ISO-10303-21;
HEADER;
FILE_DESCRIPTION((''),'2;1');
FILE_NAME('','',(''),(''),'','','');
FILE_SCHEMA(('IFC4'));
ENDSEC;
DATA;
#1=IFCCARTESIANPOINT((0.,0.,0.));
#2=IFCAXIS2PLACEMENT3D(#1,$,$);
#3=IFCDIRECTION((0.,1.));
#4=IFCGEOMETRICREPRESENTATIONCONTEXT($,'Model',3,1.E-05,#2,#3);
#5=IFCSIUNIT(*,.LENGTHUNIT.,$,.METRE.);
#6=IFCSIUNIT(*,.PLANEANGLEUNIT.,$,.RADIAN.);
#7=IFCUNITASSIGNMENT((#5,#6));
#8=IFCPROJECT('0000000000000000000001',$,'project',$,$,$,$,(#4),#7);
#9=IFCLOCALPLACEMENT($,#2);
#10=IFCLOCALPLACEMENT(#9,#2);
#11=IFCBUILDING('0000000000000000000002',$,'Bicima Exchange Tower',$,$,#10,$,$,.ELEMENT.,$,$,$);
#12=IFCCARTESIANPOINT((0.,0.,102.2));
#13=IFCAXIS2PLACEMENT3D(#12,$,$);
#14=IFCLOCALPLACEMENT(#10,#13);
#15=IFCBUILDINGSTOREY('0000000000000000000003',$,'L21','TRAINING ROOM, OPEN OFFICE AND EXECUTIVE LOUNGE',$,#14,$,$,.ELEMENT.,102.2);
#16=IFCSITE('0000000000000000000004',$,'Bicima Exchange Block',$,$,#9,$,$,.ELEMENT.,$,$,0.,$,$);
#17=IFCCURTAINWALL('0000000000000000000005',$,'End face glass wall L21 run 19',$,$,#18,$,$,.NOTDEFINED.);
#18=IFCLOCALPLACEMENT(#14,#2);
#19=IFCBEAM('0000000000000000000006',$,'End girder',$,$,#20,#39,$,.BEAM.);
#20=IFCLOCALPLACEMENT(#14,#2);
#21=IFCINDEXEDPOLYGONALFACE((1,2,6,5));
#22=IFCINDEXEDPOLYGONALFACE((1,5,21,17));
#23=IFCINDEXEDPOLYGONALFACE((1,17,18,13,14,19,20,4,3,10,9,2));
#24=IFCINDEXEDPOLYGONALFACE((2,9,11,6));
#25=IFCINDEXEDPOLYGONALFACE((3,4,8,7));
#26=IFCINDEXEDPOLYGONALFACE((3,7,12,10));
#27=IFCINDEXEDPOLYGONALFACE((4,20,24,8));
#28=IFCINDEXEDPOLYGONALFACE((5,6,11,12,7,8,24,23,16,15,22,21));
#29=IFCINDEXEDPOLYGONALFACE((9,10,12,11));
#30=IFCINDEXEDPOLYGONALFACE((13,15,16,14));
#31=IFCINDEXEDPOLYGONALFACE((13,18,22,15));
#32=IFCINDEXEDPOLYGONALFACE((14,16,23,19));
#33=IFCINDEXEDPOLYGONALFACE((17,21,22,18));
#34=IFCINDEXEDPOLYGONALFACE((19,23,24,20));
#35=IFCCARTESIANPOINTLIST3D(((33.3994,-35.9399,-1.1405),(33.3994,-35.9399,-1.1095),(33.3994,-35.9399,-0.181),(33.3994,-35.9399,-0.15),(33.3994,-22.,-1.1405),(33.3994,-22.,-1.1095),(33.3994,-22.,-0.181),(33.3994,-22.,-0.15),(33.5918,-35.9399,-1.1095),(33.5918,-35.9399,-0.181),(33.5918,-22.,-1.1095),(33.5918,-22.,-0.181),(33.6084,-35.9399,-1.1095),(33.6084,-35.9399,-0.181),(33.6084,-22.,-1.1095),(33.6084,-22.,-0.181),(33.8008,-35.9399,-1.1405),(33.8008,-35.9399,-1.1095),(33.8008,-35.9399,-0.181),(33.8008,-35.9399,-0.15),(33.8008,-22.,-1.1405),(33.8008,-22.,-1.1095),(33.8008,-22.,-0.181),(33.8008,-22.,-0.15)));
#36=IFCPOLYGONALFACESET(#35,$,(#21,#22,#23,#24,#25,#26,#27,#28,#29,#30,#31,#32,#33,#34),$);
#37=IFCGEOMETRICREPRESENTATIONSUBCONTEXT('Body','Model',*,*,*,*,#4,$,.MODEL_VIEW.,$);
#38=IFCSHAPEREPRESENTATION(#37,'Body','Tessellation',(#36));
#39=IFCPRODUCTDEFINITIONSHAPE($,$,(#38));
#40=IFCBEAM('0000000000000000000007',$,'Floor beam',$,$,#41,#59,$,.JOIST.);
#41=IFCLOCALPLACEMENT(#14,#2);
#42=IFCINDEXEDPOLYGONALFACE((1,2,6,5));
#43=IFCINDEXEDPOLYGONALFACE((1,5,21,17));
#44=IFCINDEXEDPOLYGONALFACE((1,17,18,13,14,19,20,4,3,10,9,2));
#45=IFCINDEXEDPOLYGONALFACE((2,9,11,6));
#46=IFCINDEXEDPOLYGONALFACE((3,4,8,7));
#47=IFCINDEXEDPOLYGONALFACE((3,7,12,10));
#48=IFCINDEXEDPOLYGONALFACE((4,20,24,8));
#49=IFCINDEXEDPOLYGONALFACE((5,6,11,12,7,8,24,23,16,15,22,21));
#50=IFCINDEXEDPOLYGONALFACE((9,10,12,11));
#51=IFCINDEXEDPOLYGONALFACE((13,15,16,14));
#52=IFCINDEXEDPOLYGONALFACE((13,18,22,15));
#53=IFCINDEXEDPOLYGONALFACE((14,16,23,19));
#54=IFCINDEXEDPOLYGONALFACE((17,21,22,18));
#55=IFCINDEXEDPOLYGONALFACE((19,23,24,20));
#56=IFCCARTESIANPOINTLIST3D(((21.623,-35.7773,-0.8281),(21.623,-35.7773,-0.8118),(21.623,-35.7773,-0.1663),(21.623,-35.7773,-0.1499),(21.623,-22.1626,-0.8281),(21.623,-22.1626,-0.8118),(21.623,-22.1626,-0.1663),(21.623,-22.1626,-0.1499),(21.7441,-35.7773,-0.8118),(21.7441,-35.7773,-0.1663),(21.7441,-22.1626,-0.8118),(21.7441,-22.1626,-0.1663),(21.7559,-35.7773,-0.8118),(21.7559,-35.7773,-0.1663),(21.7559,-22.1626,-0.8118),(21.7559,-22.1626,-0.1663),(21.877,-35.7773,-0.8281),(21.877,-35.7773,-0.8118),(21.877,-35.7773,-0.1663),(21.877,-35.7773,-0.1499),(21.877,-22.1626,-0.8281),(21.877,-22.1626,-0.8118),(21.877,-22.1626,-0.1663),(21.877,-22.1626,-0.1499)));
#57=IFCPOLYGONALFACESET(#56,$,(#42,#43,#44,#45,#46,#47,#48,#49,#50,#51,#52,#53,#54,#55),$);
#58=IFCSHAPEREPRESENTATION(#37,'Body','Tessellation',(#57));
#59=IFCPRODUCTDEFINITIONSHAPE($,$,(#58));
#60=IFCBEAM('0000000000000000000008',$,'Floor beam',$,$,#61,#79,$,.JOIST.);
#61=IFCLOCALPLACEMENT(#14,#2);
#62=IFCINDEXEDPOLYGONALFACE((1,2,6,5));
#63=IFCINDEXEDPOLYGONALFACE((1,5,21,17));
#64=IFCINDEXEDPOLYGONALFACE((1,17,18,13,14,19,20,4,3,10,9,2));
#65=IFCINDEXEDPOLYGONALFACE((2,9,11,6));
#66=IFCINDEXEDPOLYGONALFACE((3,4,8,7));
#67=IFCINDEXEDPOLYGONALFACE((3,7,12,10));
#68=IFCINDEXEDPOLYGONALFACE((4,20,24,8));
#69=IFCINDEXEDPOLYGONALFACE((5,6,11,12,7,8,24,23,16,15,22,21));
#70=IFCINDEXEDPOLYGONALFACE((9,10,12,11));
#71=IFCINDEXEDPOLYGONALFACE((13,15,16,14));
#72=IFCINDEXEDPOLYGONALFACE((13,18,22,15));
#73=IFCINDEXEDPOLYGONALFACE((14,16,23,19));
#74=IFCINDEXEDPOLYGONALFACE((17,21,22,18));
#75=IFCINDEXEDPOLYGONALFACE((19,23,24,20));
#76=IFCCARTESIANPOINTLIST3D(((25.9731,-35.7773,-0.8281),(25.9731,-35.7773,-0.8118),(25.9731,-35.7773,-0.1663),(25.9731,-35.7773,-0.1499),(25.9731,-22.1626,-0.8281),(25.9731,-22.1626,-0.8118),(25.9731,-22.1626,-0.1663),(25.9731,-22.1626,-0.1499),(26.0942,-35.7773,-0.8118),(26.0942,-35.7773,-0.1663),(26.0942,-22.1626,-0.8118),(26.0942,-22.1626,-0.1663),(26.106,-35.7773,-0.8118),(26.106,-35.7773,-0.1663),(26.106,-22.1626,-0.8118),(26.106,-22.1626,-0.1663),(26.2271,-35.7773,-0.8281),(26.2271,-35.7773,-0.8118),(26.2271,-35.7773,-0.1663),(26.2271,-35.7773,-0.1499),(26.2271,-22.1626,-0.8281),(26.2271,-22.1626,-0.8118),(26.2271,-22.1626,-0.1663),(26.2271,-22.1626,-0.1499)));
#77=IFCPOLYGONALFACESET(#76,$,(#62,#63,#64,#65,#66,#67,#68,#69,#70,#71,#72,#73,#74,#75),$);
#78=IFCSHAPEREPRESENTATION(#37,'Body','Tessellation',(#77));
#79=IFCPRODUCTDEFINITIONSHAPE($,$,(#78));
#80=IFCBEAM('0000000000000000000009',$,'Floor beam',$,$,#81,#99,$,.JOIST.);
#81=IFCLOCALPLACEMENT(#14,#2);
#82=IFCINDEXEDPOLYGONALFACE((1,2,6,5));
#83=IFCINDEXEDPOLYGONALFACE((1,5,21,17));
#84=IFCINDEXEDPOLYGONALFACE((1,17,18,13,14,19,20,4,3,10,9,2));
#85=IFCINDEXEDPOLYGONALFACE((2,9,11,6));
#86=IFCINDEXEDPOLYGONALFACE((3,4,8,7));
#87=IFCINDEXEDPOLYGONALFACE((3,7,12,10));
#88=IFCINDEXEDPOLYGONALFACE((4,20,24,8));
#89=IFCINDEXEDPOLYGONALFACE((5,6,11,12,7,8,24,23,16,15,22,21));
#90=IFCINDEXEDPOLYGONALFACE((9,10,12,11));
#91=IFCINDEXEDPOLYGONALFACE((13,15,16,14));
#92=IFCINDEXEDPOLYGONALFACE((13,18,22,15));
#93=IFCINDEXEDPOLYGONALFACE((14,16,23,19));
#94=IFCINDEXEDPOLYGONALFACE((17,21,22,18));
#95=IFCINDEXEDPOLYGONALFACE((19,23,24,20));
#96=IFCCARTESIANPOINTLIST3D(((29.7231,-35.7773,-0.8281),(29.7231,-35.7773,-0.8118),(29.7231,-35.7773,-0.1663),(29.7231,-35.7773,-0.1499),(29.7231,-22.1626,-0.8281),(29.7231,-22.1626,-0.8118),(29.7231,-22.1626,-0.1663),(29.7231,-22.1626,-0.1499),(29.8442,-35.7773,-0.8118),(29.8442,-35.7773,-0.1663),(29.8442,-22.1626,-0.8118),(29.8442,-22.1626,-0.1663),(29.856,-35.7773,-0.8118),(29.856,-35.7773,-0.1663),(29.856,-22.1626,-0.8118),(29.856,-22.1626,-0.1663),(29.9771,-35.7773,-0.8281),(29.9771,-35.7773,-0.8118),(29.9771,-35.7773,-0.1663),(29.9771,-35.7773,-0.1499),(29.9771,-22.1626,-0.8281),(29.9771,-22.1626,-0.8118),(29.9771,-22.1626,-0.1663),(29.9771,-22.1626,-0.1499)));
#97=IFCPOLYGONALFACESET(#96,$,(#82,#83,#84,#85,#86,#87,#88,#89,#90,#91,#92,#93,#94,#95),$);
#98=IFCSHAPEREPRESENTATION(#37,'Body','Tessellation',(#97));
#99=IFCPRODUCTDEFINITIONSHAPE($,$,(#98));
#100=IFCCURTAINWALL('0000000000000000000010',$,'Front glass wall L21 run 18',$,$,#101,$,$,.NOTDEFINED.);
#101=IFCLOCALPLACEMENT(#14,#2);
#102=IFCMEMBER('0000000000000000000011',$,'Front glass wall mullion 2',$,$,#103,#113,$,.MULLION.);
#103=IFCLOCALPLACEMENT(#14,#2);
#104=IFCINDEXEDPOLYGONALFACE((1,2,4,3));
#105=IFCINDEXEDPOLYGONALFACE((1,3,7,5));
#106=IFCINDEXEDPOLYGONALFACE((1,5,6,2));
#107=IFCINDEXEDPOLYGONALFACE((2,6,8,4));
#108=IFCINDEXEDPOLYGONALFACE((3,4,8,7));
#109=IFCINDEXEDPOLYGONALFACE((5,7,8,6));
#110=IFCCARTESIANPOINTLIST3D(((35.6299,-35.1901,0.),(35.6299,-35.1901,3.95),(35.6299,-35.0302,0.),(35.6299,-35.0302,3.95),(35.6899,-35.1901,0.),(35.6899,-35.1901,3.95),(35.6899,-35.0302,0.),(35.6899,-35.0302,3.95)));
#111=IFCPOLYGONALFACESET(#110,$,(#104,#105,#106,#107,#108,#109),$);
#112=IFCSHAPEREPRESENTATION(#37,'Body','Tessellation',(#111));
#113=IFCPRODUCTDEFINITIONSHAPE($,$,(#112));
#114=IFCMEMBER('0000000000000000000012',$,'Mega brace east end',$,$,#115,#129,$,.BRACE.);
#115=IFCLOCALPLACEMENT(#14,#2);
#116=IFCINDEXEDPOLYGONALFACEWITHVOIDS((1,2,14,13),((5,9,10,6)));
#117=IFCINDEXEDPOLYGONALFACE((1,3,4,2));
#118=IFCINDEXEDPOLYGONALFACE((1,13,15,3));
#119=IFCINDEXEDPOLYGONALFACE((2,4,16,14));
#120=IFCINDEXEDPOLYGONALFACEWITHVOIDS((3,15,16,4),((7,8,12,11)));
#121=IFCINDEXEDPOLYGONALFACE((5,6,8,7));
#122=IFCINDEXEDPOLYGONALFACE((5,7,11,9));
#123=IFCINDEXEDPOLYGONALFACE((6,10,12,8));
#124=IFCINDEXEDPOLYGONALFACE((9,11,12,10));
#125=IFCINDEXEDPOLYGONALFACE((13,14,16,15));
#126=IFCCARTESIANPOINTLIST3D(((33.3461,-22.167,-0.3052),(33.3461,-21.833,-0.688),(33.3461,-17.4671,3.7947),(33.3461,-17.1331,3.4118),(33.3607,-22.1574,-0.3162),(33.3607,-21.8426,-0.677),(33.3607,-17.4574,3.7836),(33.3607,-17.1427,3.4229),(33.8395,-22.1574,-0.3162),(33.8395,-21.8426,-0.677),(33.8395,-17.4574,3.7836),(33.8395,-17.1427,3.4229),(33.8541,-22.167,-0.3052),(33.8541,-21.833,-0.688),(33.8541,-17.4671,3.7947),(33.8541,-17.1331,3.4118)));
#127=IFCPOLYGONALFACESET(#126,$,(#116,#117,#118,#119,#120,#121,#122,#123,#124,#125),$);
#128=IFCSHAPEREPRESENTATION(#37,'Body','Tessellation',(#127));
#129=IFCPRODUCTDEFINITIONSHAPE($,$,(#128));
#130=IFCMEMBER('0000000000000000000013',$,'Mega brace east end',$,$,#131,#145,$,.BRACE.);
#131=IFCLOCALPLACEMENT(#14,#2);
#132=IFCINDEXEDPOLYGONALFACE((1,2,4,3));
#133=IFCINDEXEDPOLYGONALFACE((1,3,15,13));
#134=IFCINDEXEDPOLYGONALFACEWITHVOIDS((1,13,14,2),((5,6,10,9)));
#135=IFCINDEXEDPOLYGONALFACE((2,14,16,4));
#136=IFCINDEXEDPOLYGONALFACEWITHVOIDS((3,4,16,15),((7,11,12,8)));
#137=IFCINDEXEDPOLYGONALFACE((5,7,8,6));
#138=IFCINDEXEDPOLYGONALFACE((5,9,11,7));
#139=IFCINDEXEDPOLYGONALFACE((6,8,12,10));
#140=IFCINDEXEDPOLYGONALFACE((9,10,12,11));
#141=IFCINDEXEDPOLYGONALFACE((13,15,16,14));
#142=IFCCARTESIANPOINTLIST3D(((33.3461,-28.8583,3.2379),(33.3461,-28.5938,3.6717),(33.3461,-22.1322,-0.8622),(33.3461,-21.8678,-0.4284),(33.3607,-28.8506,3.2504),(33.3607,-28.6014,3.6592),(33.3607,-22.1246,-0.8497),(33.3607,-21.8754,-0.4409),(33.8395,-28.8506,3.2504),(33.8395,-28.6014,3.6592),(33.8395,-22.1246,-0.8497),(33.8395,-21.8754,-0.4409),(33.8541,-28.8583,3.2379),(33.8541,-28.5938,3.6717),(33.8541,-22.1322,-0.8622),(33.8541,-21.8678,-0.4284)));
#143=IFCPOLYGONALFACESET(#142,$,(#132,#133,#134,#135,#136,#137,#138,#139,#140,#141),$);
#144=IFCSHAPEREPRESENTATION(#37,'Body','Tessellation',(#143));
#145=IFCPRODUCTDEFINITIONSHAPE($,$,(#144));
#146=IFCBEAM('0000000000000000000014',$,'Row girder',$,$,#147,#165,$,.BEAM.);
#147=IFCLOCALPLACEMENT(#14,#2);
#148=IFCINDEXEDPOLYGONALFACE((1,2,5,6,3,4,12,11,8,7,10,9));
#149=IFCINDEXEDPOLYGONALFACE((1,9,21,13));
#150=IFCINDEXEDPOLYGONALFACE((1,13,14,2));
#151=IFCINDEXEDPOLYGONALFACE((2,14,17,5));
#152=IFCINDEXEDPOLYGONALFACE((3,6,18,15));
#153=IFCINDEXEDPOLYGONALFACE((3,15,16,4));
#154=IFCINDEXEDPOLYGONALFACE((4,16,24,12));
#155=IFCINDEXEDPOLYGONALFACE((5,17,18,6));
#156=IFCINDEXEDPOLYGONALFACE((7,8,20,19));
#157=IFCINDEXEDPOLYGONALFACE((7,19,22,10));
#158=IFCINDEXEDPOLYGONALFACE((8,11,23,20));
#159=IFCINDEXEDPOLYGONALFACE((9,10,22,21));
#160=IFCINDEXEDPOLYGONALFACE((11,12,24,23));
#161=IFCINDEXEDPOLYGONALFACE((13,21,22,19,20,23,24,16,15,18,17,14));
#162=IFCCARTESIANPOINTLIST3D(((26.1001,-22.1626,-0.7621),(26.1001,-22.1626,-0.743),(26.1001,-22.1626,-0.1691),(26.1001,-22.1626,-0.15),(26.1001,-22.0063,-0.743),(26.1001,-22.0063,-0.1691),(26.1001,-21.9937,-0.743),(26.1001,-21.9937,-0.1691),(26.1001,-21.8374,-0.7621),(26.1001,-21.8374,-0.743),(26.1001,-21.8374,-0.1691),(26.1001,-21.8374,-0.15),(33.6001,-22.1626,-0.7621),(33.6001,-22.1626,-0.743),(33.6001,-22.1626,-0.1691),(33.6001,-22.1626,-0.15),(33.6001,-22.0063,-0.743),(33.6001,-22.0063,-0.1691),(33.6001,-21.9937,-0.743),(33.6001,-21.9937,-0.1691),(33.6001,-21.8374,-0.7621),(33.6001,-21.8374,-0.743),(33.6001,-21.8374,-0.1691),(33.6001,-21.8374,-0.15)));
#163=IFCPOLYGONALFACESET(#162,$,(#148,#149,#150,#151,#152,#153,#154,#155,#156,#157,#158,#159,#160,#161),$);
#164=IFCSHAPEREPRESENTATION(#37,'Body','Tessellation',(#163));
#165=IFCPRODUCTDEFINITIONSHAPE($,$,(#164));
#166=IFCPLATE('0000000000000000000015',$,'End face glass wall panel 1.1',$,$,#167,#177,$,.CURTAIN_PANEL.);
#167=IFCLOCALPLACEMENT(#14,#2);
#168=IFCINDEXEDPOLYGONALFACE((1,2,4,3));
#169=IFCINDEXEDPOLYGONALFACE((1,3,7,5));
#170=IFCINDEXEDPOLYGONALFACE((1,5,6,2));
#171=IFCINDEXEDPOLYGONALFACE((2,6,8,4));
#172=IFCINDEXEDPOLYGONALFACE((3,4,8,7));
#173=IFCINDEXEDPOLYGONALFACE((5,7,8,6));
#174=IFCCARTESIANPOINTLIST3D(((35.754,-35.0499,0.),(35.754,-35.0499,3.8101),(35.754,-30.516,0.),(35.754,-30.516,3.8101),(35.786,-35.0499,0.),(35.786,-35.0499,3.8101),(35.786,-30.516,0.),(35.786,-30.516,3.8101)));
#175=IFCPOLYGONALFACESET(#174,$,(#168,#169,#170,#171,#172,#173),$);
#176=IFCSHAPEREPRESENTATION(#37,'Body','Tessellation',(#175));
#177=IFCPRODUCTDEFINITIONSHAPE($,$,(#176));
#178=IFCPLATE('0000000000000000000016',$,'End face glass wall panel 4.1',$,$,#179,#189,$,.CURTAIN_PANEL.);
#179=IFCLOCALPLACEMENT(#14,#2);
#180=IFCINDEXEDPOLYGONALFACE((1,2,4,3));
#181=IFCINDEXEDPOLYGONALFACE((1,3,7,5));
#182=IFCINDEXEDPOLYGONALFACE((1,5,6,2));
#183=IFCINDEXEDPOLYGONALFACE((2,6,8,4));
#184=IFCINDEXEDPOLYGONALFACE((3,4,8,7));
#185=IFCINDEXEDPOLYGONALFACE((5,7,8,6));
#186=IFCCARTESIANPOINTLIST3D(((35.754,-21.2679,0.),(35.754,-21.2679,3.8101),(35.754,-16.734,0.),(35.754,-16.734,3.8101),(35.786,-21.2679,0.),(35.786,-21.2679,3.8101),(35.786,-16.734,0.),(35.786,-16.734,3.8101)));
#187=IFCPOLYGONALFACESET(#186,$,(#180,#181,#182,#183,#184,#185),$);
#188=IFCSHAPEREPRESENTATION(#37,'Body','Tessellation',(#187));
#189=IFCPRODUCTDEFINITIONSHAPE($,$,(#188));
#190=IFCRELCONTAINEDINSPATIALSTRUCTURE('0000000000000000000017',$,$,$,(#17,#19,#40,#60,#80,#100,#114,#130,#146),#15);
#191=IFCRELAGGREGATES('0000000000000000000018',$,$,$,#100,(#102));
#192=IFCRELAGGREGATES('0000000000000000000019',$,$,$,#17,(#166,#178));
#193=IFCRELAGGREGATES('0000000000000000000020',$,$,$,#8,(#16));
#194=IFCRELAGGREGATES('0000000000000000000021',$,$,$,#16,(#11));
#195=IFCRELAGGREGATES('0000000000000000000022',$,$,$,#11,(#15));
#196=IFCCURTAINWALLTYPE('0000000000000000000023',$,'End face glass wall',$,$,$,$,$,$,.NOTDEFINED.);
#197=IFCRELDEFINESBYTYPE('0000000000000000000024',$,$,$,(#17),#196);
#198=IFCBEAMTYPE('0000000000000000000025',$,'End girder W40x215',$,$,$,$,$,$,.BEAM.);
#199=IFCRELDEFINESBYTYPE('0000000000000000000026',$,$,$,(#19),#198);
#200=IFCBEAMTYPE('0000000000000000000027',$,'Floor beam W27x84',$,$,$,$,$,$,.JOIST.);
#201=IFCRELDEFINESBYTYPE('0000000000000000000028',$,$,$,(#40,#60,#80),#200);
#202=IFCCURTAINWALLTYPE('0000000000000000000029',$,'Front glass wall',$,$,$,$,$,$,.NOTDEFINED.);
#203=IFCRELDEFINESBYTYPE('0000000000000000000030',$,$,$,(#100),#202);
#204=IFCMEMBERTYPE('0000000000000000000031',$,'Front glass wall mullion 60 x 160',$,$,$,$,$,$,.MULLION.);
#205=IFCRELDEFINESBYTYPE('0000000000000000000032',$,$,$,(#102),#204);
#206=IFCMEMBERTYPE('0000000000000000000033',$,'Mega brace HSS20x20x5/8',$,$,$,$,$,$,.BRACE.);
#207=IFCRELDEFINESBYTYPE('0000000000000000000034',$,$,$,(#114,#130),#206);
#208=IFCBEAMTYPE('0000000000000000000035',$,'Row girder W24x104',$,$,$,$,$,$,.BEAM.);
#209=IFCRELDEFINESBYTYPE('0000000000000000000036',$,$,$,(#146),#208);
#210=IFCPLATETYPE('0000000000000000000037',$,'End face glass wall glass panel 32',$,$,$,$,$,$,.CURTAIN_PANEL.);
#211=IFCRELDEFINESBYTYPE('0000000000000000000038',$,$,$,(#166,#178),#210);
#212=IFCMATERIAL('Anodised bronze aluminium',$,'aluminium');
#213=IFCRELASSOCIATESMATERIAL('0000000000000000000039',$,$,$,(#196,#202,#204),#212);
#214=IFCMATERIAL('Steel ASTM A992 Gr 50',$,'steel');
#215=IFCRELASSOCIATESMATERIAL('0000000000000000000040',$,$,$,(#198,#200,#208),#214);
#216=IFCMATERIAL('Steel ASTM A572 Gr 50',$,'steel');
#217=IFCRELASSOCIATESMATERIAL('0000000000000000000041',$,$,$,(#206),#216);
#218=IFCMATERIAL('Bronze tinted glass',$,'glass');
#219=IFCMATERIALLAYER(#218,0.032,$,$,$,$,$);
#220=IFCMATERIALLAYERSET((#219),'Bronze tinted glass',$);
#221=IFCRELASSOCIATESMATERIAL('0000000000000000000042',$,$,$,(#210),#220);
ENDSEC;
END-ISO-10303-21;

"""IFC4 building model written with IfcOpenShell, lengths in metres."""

from ifc_helpers import new_model, si_unit, direction, frame, origin, origin_2d, place, context, subcontext, project, spatial, rectangle, hollow_rectangle, i_section, extrude, material, layer, layer_set, material_profile, profile_set, type_object, element, aggregate, save


model = new_model("IFC4")

# Units and contexts
model_context = context("Model", 3, precision=1e-05, world=origin(), true_north=direction((0.0, 1.0)))
body_context = subcontext(model_context, "Body", "Model", "MODEL_VIEW")
ifc_project = project(units=[si_unit("LENGTHUNIT", "METRE"), si_unit("PLANEANGLEUNIT", "RADIAN")], contexts=[model_context])

# Site, building, storey
site_placement = place(None, origin())
site = spatial("IfcSite", under=ifc_project, at=site_placement, Name="Bicima Exchange Block", CompositionType="ELEMENT", RefElevation=0.0)
building_placement = place(site_placement, origin())
building = spatial("IfcBuilding", under=site, at=building_placement, Name="Bicima Exchange Tower", CompositionType="ELEMENT")
storey_placement = place(building_placement, frame((0.0, 0.0, 102.2)))
storey = spatial("IfcBuildingStorey", under=building, at=storey_placement, Name="L21", Description="TRAINING ROOM, OPEN OFFICE AND EXECUTIVE LOUNGE", CompositionType="ELEMENT", Elevation=102.2)

# Shared definitions
ifc_material_1 = material(Name="Steel ASTM A992 Gr 50", Category="steel")

# Curtain wall
ifc_material_2 = material(Name="Anodised bronze aluminium", Category="aluminium")
curtain_wall_type_1 = type_object("IfcCurtainWallType", Name="End face glass wall", PredefinedType="NOTDEFINED", material=ifc_material_2)
curtain_wall_1_placement = place(storey_placement, origin())
curtain_wall_1 = element("IfcCurtainWall", 1, at=curtain_wall_1_placement, inside=storey, type_object=curtain_wall_type_1, Name="End face glass wall L21 run 19", PredefinedType="NOTDEFINED")
ifc_material_profile_1 = material_profile(ifc_material_2, rectangle(XDim=0.1599, YDim=0.0601, at=origin_2d()))
ifc_profile_set_1 = profile_set([ifc_material_profile_1], Name="Anodised bronze aluminium")

# Beams
ifc_material_profile_2 = material_profile(ifc_material_1, i_section(OverallWidth=0.4014, OverallDepth=0.9905, WebThickness=0.0166, FlangeThickness=0.031, at=origin_2d()))
ifc_profile_set_2 = profile_set([ifc_material_profile_2], Name="Steel ASTM A992 Gr 50")
beam_type_1 = type_object("IfcBeamType", Name="End girder W40x215", PredefinedType="BEAM", material=ifc_profile_set_2)
beam_1_placement = place(storey_placement, frame((33.6001, -22.0, -0.6453), z_axis=(0.0, -1.0, 0.0), x_axis=(1.0, 0.0, 0.0)))
element("IfcBeam", 2, at=beam_1_placement, inside=storey, type_object=beam_type_1, Name="End girder", PredefinedType="BEAM", context=body_context, shape_type="SweptSolid", body=[
    extrude(i_section(OverallWidth=0.4014, OverallDepth=0.9905, WebThickness=0.0166, FlangeThickness=0.031, at=origin_2d()), origin(), (0.0, 0.0, 1.0), 13.9399),
])
ifc_material_profile_3 = material_profile(ifc_material_1, i_section(OverallWidth=0.2539, OverallDepth=0.6782, WebThickness=0.0117, FlangeThickness=0.0164, at=origin_2d()))
ifc_profile_set_3 = profile_set([ifc_material_profile_3], Name="Steel ASTM A992 Gr 50")
beam_type_2 = type_object("IfcBeamType", Name="Floor beam W27x84", PredefinedType="JOIST", material=ifc_profile_set_3)
for number, where, z_axis, x_axis, name in (
    (3, (21.75, -22.1626, -0.489), (0.0, -1.0, 0.0), (1.0, 0.0, 0.0), "Floor beam"),
    (4, (26.1001, -22.1626, -0.489), (0.0, -1.0, 0.0), (1.0, 0.0, 0.0), "Floor beam"),
    (5, (29.8501, -22.1626, -0.489), (0.0, -1.0, 0.0), (1.0, 0.0, 0.0), "Floor beam"),
):
    element("IfcBeam", number, at=place(storey_placement, frame(where, z_axis=z_axis, x_axis=x_axis)), inside=storey, type_object=beam_type_2, Name=name, PredefinedType="JOIST", context=body_context, shape_type="SweptSolid", body=[
        extrude(i_section(OverallWidth=0.2539, OverallDepth=0.6782, WebThickness=0.0117, FlangeThickness=0.0164, at=origin_2d()), origin(), (0.0, 0.0, 1.0), 13.6147),
    ])

# Curtain wall, member
curtain_wall_type_2 = type_object("IfcCurtainWallType", Name="Front glass wall", PredefinedType="NOTDEFINED", material=ifc_material_2)
curtain_wall_2_placement = place(storey_placement, origin())
curtain_wall_2 = element("IfcCurtainWall", 6, at=curtain_wall_2_placement, inside=storey, type_object=curtain_wall_type_2, Name="Front glass wall L21 run 18", PredefinedType="NOTDEFINED")
member_type_1 = type_object("IfcMemberType", Name="Front glass wall mullion 60 x 160", PredefinedType="MULLION", material=ifc_profile_set_1)
member_1_placement = place(storey_placement, frame((35.6599, -35.1101, 0.0), z_axis=(0.0, 0.0, 1.0), x_axis=(0.0, 1.0, 0.0)))
member_1 = element("IfcMember", 7, at=member_1_placement, type_object=member_type_1, Name="Front glass wall mullion 2", PredefinedType="MULLION", context=body_context, shape_type="SweptSolid", body=[
    extrude(rectangle(XDim=0.1599, YDim=0.0601, at=origin_2d()), origin(), (0.0, 0.0, 1.0), 3.95),
])
aggregate(curtain_wall_2, [member_1])

# Members
ifc_material_3 = material(Name="Steel ASTM A572 Gr 50", Category="steel")
ifc_material_profile_4 = material_profile(ifc_material_3, hollow_rectangle(XDim=0.5081, YDim=0.5081, WallThickness=0.0146, at=origin_2d()))
ifc_profile_set_4 = profile_set([ifc_material_profile_4], Name="Steel ASTM A572 Gr 50")
member_type_2 = type_object("IfcMemberType", Name="Mega brace HSS20x20x5/8", PredefinedType="BRACE", material=ifc_profile_set_4)
member_2_placement = place(storey_placement, frame((33.6001, -22.0, -0.4966), z_axis=(0.0, 0.753577, 0.657359), x_axis=(-1.0, 0.0, 0.0)))
element("IfcMember", 8, at=member_2_placement, inside=storey, type_object=member_type_2, Name="Mega brace east end", PredefinedType="BRACE", context=body_context, shape_type="SweptSolid", body=[
    extrude(hollow_rectangle(XDim=0.5081, YDim=0.5081, WallThickness=0.0146, at=origin_2d()), origin(), (0.0, 0.0, 1.0), 6.2368),
])
member_3_placement = place(storey_placement, frame((33.6001, -22.0, -0.6453), z_axis=(0.0, -0.853862, 0.520499), x_axis=(1.0, 0.0, 0.0)))
element("IfcMember", 9, at=member_3_placement, inside=storey, type_object=member_type_2, Name="Mega brace east end", PredefinedType="BRACE", context=body_context, shape_type="SweptSolid", body=[
    extrude(hollow_rectangle(XDim=0.5081, YDim=0.5081, WallThickness=0.0146, at=origin_2d()), origin(), (0.0, 0.0, 1.0), 7.8772),
])

# Beam
ifc_material_profile_5 = material_profile(ifc_material_1, i_section(OverallWidth=0.3252, OverallDepth=0.6121, WebThickness=0.0127, FlangeThickness=0.019, at=origin_2d()))
ifc_profile_set_5 = profile_set([ifc_material_profile_5], Name="Steel ASTM A992 Gr 50")
beam_type_3 = type_object("IfcBeamType", Name="Row girder W24x104", PredefinedType="BEAM", material=ifc_profile_set_5)
beam_2_placement = place(storey_placement, frame((26.1001, -22.0, -0.4561), z_axis=(1.0, 0.0, 0.0), x_axis=(0.0, 1.0, 0.0)))
element("IfcBeam", 10, at=beam_2_placement, inside=storey, type_object=beam_type_3, Name="Row girder", PredefinedType="BEAM", context=body_context, shape_type="SweptSolid", body=[
    extrude(i_section(OverallWidth=0.3252, OverallDepth=0.6121, WebThickness=0.0127, FlangeThickness=0.019, at=origin_2d()), origin(), (0.0, 0.0, 1.0), 7.5),
])

# Plates
ifc_material_4 = material(Name="Bronze tinted glass", Category="glass")
ifc_layer_1 = layer(ifc_material_4, 0.032)
ifc_layer_set_1 = layer_set([ifc_layer_1], Name="Bronze tinted glass")
plate_type_1 = type_object("IfcPlateType", Name="End face glass wall glass panel 32", PredefinedType="CURTAIN_PANEL", material=ifc_layer_set_1)
plate_1_placement = place(storey_placement, frame((35.77, -32.783, 0.0), z_axis=(0.0, 0.0, 1.0), x_axis=(0.0, 1.0, 0.0)))
plate_1 = element("IfcPlate", 11, at=plate_1_placement, type_object=plate_type_1, Name="End face glass wall panel 1.1", PredefinedType="CURTAIN_PANEL", context=body_context, shape_type="SweptSolid", body=[
    extrude(rectangle(XDim=4.5339, YDim=0.032, at=origin_2d()), origin(), (0.0, 0.0, 1.0), 3.8101),
])
plate_2_placement = place(storey_placement, frame((35.77, -19.001, 0.0), z_axis=(0.0, 0.0, 1.0), x_axis=(0.0, 1.0, 0.0)))
plate_2 = element("IfcPlate", 12, at=plate_2_placement, type_object=plate_type_1, Name="End face glass wall panel 4.1", PredefinedType="CURTAIN_PANEL", context=body_context, shape_type="SweptSolid", body=[
    extrude(rectangle(XDim=4.5339, YDim=0.032, at=origin_2d()), origin(), (0.0, 0.0, 1.0), 3.8101),
])
aggregate(curtain_wall_1, [plate_1, plate_2])

save(model, "model.ifc")
